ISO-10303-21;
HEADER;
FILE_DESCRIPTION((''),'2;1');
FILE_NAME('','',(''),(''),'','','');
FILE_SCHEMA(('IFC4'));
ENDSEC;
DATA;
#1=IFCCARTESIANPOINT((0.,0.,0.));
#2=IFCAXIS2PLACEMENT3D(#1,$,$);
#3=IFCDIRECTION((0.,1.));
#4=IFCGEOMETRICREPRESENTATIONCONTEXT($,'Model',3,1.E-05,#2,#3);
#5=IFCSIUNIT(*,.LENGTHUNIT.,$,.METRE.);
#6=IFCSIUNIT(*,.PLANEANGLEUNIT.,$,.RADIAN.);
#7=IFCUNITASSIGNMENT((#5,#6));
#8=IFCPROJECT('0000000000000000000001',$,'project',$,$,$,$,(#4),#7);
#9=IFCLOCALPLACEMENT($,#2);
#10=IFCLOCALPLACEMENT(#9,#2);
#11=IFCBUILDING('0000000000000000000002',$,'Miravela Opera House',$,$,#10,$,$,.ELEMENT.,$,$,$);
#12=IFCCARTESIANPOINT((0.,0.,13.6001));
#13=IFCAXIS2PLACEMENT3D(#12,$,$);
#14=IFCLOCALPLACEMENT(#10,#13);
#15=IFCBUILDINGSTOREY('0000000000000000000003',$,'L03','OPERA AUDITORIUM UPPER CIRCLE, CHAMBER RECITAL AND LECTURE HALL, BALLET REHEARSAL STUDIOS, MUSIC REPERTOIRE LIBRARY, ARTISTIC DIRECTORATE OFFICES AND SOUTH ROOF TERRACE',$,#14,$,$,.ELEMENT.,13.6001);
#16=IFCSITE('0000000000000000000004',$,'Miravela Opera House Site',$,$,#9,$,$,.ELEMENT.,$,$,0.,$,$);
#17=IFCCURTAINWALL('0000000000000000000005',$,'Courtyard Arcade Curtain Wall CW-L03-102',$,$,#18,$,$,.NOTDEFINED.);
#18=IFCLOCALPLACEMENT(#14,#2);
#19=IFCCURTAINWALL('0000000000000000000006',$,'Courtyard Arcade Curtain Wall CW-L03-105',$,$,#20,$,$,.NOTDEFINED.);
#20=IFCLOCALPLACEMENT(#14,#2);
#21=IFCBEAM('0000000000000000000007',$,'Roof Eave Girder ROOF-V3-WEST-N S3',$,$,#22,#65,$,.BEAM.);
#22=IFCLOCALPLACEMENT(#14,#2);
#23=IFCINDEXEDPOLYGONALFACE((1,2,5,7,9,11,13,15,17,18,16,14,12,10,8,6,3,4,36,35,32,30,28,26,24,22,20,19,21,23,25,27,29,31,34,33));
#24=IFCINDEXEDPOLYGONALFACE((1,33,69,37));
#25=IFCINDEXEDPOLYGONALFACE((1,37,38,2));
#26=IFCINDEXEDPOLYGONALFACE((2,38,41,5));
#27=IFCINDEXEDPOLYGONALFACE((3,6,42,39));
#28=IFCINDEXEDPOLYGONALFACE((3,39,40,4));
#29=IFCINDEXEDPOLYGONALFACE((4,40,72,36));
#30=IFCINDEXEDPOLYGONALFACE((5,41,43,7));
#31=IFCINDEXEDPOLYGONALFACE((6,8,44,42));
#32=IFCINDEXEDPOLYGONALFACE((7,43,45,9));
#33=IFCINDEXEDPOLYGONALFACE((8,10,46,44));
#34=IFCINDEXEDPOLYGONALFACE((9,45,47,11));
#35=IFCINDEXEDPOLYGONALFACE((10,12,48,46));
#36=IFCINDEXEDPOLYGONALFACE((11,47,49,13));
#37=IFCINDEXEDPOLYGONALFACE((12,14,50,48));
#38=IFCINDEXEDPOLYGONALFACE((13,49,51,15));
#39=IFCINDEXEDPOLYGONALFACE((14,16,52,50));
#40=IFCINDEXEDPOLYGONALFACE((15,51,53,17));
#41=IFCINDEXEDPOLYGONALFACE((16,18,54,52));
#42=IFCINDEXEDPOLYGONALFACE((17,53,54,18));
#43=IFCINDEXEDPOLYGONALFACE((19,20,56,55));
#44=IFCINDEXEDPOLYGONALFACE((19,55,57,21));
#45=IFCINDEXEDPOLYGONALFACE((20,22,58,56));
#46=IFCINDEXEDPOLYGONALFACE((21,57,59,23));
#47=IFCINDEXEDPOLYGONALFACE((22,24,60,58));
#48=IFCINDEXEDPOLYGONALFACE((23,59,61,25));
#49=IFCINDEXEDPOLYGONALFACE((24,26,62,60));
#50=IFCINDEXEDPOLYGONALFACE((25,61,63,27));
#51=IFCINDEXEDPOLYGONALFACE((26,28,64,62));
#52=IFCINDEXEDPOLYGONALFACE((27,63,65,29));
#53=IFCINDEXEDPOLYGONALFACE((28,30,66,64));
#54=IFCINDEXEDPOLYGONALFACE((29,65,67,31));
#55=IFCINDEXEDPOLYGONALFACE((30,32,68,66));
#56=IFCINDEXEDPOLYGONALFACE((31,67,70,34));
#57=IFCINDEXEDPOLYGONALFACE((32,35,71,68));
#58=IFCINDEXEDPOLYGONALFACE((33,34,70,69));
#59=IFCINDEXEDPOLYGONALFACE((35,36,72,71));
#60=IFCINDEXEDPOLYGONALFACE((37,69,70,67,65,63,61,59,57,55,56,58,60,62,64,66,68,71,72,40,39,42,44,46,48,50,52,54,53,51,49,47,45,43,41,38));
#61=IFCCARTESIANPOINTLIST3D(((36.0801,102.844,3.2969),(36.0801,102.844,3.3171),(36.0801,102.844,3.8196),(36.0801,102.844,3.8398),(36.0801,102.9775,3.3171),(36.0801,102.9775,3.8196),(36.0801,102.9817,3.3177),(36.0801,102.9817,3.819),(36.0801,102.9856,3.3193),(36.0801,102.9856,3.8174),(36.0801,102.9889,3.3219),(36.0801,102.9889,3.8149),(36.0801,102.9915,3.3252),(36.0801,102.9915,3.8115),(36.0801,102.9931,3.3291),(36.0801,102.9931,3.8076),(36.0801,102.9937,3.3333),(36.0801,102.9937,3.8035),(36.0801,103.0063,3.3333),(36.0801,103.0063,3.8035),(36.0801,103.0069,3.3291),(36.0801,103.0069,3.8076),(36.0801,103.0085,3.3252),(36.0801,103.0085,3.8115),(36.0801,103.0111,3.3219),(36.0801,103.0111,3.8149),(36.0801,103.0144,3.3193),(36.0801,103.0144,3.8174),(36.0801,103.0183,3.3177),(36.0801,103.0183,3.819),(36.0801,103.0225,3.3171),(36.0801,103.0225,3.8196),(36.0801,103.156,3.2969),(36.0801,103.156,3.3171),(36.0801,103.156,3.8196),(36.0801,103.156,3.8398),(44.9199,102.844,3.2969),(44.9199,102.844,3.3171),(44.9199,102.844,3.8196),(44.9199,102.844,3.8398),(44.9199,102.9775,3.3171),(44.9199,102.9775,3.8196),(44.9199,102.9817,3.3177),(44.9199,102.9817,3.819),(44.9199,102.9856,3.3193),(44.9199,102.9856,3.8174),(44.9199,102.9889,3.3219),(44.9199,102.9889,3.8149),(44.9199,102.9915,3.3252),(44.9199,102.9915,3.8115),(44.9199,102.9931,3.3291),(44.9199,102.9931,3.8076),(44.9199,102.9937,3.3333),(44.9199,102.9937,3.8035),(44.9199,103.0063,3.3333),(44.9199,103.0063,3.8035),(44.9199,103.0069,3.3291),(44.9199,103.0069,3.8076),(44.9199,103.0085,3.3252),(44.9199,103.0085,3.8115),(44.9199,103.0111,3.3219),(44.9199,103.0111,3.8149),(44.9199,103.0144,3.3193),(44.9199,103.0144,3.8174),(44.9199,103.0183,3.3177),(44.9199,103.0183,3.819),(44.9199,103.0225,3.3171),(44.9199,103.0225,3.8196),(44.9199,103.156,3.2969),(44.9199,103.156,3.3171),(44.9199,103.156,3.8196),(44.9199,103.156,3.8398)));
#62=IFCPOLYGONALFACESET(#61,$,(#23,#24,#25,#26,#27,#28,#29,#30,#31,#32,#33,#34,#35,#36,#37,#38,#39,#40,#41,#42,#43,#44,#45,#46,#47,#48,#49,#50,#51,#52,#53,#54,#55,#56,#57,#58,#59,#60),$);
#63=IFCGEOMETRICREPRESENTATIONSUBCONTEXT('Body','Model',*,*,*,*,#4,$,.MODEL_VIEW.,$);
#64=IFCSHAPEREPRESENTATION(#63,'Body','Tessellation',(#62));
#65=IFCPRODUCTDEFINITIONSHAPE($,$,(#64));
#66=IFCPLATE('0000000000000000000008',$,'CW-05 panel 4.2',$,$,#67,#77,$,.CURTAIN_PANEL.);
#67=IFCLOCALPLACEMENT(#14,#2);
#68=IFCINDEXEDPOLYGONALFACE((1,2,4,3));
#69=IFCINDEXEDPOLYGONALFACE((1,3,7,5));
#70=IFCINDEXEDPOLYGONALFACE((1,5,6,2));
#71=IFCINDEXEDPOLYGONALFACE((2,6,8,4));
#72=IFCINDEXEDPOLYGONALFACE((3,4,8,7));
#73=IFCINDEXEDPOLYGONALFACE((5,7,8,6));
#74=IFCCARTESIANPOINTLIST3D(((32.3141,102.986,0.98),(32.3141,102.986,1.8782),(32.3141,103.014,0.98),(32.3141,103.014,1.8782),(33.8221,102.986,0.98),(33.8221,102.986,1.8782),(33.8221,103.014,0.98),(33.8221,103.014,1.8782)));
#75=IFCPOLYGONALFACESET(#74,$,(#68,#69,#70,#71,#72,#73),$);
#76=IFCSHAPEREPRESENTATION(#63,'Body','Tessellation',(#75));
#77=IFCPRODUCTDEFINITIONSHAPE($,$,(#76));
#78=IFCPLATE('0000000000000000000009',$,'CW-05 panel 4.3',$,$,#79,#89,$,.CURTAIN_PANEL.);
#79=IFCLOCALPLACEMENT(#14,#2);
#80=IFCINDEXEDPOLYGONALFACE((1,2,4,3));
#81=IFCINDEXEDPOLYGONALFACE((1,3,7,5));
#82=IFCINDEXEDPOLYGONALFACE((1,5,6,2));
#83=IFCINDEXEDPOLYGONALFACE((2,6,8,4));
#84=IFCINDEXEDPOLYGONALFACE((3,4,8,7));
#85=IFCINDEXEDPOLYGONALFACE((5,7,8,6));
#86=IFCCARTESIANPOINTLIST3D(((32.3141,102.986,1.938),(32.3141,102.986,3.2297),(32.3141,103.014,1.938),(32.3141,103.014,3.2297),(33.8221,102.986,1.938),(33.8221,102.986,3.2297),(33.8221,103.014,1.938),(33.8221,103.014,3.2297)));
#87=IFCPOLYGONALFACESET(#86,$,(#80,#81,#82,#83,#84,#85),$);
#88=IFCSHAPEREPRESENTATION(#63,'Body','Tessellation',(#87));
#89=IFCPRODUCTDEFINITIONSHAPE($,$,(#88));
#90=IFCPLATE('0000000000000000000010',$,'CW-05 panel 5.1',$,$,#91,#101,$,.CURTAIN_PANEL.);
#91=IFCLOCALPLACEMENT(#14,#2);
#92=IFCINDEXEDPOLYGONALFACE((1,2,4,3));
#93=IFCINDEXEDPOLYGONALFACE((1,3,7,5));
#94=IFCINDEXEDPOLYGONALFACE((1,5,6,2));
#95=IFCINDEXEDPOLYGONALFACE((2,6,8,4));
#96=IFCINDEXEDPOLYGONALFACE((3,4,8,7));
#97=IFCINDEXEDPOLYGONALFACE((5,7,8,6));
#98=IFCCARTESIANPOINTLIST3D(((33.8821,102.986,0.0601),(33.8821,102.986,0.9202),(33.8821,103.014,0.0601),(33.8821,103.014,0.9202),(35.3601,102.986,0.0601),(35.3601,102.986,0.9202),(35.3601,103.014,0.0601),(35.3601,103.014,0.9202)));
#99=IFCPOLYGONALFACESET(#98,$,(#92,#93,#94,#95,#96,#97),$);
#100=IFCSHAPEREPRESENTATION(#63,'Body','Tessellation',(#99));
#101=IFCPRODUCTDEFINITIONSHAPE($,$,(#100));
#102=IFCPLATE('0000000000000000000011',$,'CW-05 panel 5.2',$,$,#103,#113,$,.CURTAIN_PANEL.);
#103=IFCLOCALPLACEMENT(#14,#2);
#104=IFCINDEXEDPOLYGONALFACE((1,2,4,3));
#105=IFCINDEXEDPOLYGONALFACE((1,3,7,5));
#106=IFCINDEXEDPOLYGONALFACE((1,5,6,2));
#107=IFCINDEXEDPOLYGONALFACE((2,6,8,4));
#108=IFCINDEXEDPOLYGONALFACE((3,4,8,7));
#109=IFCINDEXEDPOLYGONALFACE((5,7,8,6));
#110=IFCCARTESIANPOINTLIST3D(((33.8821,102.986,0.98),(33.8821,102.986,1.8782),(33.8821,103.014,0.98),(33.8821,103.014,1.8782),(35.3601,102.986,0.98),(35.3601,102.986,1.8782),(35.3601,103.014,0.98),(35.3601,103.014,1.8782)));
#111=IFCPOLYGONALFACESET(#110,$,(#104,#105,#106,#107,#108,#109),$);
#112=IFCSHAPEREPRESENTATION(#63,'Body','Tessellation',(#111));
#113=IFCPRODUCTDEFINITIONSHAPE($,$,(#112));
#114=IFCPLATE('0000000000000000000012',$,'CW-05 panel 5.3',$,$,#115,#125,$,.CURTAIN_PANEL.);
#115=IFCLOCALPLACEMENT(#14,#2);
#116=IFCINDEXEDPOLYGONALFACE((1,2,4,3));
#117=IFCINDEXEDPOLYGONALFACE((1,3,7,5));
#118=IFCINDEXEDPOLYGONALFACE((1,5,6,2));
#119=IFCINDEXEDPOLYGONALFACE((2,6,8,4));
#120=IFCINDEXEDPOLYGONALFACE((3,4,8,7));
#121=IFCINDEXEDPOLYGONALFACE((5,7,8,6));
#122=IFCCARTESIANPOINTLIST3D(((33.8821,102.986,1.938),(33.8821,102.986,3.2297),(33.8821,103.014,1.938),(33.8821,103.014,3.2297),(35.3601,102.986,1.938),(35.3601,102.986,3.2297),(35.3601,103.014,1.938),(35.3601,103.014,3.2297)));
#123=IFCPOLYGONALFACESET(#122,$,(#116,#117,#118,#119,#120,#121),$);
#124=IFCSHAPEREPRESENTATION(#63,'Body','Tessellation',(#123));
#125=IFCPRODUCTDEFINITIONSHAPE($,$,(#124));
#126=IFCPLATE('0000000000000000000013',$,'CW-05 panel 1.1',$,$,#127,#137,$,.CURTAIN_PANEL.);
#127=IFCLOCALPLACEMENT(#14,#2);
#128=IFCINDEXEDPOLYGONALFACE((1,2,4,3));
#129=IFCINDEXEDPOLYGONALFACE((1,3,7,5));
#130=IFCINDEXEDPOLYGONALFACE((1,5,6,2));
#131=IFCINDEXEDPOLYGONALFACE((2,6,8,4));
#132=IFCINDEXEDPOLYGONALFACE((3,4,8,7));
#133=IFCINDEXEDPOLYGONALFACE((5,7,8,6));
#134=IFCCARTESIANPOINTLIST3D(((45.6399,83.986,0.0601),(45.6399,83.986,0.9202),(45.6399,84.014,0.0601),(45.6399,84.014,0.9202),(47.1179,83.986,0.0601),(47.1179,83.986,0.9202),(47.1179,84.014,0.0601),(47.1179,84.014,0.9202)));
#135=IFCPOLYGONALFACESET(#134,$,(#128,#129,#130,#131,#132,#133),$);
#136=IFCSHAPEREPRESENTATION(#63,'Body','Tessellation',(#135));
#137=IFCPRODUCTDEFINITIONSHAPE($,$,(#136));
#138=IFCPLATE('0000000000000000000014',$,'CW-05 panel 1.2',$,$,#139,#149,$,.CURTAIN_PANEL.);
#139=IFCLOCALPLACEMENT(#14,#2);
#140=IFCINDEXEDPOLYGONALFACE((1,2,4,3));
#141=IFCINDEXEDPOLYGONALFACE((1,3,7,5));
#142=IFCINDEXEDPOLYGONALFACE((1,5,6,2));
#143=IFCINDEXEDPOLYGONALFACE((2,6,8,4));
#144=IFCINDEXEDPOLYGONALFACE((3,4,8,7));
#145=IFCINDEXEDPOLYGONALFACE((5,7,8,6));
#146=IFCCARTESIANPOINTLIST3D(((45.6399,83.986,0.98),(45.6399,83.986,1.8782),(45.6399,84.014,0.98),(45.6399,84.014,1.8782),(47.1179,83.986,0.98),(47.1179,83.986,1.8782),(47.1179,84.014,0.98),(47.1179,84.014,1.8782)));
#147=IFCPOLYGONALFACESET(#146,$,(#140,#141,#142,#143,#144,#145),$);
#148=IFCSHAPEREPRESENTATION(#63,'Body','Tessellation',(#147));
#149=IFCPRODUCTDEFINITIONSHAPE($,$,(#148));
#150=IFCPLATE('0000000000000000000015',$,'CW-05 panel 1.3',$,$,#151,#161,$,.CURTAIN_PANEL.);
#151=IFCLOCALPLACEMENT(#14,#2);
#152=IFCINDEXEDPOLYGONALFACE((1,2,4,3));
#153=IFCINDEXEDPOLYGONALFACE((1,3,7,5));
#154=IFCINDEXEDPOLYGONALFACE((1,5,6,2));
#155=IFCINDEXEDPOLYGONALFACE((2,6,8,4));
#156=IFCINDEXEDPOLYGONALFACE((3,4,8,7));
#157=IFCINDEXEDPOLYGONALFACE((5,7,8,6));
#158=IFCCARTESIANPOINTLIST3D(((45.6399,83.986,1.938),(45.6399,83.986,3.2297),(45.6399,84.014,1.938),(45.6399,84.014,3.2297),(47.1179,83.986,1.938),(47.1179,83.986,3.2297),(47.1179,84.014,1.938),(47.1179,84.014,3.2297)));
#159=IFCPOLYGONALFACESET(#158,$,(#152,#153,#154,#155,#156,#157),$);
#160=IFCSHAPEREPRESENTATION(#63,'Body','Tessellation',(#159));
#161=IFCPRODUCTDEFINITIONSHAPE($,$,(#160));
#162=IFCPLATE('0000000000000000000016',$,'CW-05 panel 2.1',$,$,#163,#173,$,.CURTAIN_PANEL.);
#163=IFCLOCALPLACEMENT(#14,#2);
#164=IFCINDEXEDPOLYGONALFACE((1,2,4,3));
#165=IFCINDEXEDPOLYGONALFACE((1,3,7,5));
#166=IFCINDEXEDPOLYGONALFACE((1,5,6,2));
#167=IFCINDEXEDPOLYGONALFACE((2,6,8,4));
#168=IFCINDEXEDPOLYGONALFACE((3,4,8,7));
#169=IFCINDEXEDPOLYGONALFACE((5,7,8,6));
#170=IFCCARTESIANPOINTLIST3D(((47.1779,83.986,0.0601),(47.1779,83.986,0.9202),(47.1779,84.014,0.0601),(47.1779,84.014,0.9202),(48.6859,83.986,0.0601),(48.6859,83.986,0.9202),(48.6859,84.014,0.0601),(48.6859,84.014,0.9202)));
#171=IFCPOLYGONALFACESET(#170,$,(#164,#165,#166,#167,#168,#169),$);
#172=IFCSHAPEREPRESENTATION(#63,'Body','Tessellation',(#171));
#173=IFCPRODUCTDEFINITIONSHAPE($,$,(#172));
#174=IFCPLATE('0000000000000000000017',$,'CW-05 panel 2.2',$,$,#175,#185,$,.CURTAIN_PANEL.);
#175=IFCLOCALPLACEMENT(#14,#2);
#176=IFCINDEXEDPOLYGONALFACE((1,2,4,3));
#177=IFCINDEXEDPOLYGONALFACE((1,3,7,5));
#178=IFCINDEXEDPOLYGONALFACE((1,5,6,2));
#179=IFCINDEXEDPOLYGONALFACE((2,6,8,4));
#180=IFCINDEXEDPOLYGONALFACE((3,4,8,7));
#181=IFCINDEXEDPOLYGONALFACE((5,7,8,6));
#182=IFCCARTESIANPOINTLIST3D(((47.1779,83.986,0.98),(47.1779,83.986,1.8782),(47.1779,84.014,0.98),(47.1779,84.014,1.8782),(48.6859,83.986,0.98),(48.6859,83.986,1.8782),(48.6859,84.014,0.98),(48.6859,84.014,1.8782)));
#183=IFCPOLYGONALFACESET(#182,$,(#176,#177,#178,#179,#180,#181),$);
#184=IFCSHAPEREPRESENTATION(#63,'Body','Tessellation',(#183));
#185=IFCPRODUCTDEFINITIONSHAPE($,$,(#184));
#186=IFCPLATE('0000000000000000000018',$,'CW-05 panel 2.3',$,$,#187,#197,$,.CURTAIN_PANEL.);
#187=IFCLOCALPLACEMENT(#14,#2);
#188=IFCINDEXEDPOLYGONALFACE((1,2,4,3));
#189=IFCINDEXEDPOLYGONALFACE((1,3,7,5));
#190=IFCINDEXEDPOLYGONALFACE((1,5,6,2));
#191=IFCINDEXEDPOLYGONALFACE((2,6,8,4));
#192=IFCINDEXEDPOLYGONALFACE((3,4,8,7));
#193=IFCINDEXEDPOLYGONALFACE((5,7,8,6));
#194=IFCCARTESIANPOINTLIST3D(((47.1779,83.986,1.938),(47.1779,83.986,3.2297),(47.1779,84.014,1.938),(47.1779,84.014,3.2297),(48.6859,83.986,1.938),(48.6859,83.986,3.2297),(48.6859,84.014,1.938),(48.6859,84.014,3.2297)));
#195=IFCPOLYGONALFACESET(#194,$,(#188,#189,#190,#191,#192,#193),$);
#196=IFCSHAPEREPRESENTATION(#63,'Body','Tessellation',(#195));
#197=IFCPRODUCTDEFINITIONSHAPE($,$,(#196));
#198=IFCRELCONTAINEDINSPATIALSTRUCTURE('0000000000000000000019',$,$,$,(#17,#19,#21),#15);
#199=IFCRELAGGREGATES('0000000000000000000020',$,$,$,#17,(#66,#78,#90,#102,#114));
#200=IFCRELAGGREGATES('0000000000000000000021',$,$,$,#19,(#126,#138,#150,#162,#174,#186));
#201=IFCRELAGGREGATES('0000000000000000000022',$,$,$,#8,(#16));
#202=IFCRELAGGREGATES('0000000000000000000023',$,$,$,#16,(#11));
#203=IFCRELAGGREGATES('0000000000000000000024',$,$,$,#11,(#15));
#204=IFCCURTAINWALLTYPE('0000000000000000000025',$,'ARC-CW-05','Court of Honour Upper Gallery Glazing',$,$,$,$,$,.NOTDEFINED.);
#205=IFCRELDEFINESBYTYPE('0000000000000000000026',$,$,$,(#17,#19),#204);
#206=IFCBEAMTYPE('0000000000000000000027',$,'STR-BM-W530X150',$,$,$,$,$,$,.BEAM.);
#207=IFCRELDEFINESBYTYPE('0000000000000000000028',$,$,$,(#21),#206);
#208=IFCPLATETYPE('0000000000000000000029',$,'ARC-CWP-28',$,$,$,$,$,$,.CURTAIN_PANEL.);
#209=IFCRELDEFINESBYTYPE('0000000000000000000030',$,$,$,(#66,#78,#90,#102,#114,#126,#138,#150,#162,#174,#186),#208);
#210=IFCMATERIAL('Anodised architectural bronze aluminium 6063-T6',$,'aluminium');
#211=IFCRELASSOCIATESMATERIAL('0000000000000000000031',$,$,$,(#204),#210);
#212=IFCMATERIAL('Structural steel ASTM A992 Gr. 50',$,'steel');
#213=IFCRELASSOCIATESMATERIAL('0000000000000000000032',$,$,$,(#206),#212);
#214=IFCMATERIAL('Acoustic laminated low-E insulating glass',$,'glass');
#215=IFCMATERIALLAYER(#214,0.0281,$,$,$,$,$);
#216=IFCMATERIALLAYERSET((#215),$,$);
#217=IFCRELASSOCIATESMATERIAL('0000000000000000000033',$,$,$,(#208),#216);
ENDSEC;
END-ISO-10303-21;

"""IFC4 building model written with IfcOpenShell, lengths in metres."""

from ifc_helpers import new_model, si_unit, direction, frame, origin, origin_2d, place, context, subcontext, project, spatial, rectangle, i_section, extrude, material, layer, layer_set, material_profile, profile_set, type_object, element, aggregate, save


model = new_model("IFC4")

# Units and contexts
model_context = context("Model", 3, precision=1e-05, world=origin(), true_north=direction((0.0, 1.0)))
body_context = subcontext(model_context, "Body", "Model", "MODEL_VIEW")
ifc_project = project(units=[si_unit("LENGTHUNIT", "METRE"), si_unit("PLANEANGLEUNIT", "RADIAN")], contexts=[model_context])

# Site, building, storey
site_placement = place(None, origin())
site = spatial("IfcSite", under=ifc_project, at=site_placement, Name="Miravela Opera House Site", CompositionType="ELEMENT", RefElevation=0.0)
building_placement = place(site_placement, origin())
building = spatial("IfcBuilding", under=site, at=building_placement, Name="Miravela Opera House", CompositionType="ELEMENT")
storey_placement = place(building_placement, frame((0.0, 0.0, 13.6001)))
storey = spatial("IfcBuildingStorey", under=building, at=storey_placement, Name="L03", Description="OPERA AUDITORIUM UPPER CIRCLE, CHAMBER RECITAL AND LECTURE HALL, BALLET REHEARSAL STUDIOS, MUSIC REPERTOIRE LIBRARY, ARTISTIC DIRECTORATE OFFICES AND SOUTH ROOF TERRACE", CompositionType="ELEMENT", Elevation=13.6001)

# Curtain wall
ifc_material_1 = material(Name="Anodised architectural bronze aluminium 6063-T6", Category="aluminium")
curtain_wall_type = type_object("IfcCurtainWallType", Name="ARC-CW-05", Description="Court of Honour Upper Gallery Glazing", PredefinedType="NOTDEFINED", material=ifc_material_1)
curtain_wall_1_placement = place(storey_placement, origin())
curtain_wall_1 = element("IfcCurtainWall", 1, at=curtain_wall_1_placement, inside=storey, type_object=curtain_wall_type, Name="Courtyard Arcade Curtain Wall CW-L03-102", PredefinedType="NOTDEFINED")

# Curtain wall
curtain_wall_2_placement = place(storey_placement, origin())
curtain_wall_2 = element("IfcCurtainWall", 2, at=curtain_wall_2_placement, inside=storey, type_object=curtain_wall_type, Name="Courtyard Arcade Curtain Wall CW-L03-105", PredefinedType="NOTDEFINED")

# Beam
ifc_material_2 = material(Name="Structural steel ASTM A992 Gr. 50", Category="steel")
ifc_material_profile_1 = material_profile(ifc_material_2, i_section(OverallWidth=0.312, OverallDepth=0.543, WebThickness=0.0127, FlangeThickness=0.0203, FilletRadius=0.0161, at=origin_2d()), Name="W530X150")
ifc_profile_set_1 = profile_set([ifc_material_profile_1])
beam_type = type_object("IfcBeamType", Name="STR-BM-W530X150", PredefinedType="BEAM", material=ifc_profile_set_1)
for number, where, z_axis, x_axis, name in (
    (3, (36.0801, 103.0, 3.5684), (1.0, 0.0, 0.0), (0.0, 1.0, 0.0), "Roof Eave Girder ROOF-V3-WEST-N S3"),
):
    element("IfcBeam", number, at=place(storey_placement, frame(where, z_axis=z_axis, x_axis=x_axis)), inside=storey, type_object=beam_type, Name=name, PredefinedType="BEAM", context=body_context, shape_type="SweptSolid", body=[
        extrude(i_section(OverallWidth=0.312, OverallDepth=0.543, WebThickness=0.0127, FlangeThickness=0.0203, FilletRadius=0.0161, at=origin_2d()), origin(), (0.0, 0.0, 1.0), 8.8398),
    ])

# Plates
ifc_material_3 = material(Name="Acoustic laminated low-E insulating glass", Category="glass")
ifc_layer = layer(ifc_material_3, 0.0281)
ifc_layer_set = layer_set([ifc_layer])
plate_type = type_object("IfcPlateType", Name="ARC-CWP-28", PredefinedType="CURTAIN_PANEL", material=ifc_layer_set)
plate_1_placement = place(storey_placement, frame((33.0681, 103.0, 0.98), z_axis=(0.0, 0.0, 1.0), x_axis=(1.0, 0.0, 0.0)))
plate_1 = element("IfcPlate", 4, at=plate_1_placement, type_object=plate_type, Name="CW-05 panel 4.2", PredefinedType="CURTAIN_PANEL", context=body_context, shape_type="SweptSolid", body=[
    extrude(rectangle(XDim=1.5081, YDim=0.0281, at=origin_2d()), origin(), (0.0, 0.0, 1.0), 0.8982),
])
plate_2_placement = place(storey_placement, frame((33.0681, 103.0, 1.938), z_axis=(0.0, 0.0, 1.0), x_axis=(1.0, 0.0, 0.0)))
plate_2 = element("IfcPlate", 5, at=plate_2_placement, type_object=plate_type, Name="CW-05 panel 4.3", PredefinedType="CURTAIN_PANEL", context=body_context, shape_type="SweptSolid", body=[
    extrude(rectangle(XDim=1.5081, YDim=0.0281, at=origin_2d()), origin(), (0.0, 0.0, 1.0), 1.2917),
])
plate_3_placement = place(storey_placement, frame((34.6211, 103.0, 0.0601), z_axis=(0.0, 0.0, 1.0), x_axis=(1.0, 0.0, 0.0)))
plate_3 = element("IfcPlate", 6, at=plate_3_placement, type_object=plate_type, Name="CW-05 panel 5.1", PredefinedType="CURTAIN_PANEL", context=body_context, shape_type="SweptSolid", body=[
    extrude(rectangle(XDim=1.478, YDim=0.0281, at=origin_2d()), origin(), (0.0, 0.0, 1.0), 0.8601),
])
plate_4_placement = place(storey_placement, frame((34.6211, 103.0, 0.98), z_axis=(0.0, 0.0, 1.0), x_axis=(1.0, 0.0, 0.0)))
plate_4 = element("IfcPlate", 7, at=plate_4_placement, type_object=plate_type, Name="CW-05 panel 5.2", PredefinedType="CURTAIN_PANEL", context=body_context, shape_type="SweptSolid", body=[
    extrude(rectangle(XDim=1.478, YDim=0.0281, at=origin_2d()), origin(), (0.0, 0.0, 1.0), 0.8982),
])
plate_5_placement = place(storey_placement, frame((34.6211, 103.0, 1.938), z_axis=(0.0, 0.0, 1.0), x_axis=(1.0, 0.0, 0.0)))
plate_5 = element("IfcPlate", 8, at=plate_5_placement, type_object=plate_type, Name="CW-05 panel 5.3", PredefinedType="CURTAIN_PANEL", context=body_context, shape_type="SweptSolid", body=[
    extrude(rectangle(XDim=1.478, YDim=0.0281, at=origin_2d()), origin(), (0.0, 0.0, 1.0), 1.2917),
])
aggregate(curtain_wall_1, [plate_1, plate_2, plate_3, plate_4, plate_5])
plate_6_placement = place(storey_placement, frame((46.3789, 84.0, 0.0601), z_axis=(0.0, 0.0, 1.0), x_axis=(1.0, 0.0, 0.0)))
plate_6 = element("IfcPlate", 9, at=plate_6_placement, type_object=plate_type, Name="CW-05 panel 1.1", PredefinedType="CURTAIN_PANEL", context=body_context, shape_type="SweptSolid", body=[
    extrude(rectangle(XDim=1.478, YDim=0.0281, at=origin_2d()), origin(), (0.0, 0.0, 1.0), 0.8601),
])
plate_7_placement = place(storey_placement, frame((46.3789, 84.0, 0.98), z_axis=(0.0, 0.0, 1.0), x_axis=(1.0, 0.0, 0.0)))
plate_7 = element("IfcPlate", 10, at=plate_7_placement, type_object=plate_type, Name="CW-05 panel 1.2", PredefinedType="CURTAIN_PANEL", context=body_context, shape_type="SweptSolid", body=[
    extrude(rectangle(XDim=1.478, YDim=0.0281, at=origin_2d()), origin(), (0.0, 0.0, 1.0), 0.8982),
])
plate_8_placement = place(storey_placement, frame((46.3789, 84.0, 1.938), z_axis=(0.0, 0.0, 1.0), x_axis=(1.0, 0.0, 0.0)))
plate_8 = element("IfcPlate", 11, at=plate_8_placement, type_object=plate_type, Name="CW-05 panel 1.3", PredefinedType="CURTAIN_PANEL", context=body_context, shape_type="SweptSolid", body=[
    extrude(rectangle(XDim=1.478, YDim=0.0281, at=origin_2d()), origin(), (0.0, 0.0, 1.0), 1.2917),
])
plate_9_placement = place(storey_placement, frame((47.9319, 84.0, 0.0601), z_axis=(0.0, 0.0, 1.0), x_axis=(1.0, 0.0, 0.0)))
plate_9 = element("IfcPlate", 12, at=plate_9_placement, type_object=plate_type, Name="CW-05 panel 2.1", PredefinedType="CURTAIN_PANEL", context=body_context, shape_type="SweptSolid", body=[
    extrude(rectangle(XDim=1.5081, YDim=0.0281, at=origin_2d()), origin(), (0.0, 0.0, 1.0), 0.8601),
])
plate_10_placement = place(storey_placement, frame((47.9319, 84.0, 0.98), z_axis=(0.0, 0.0, 1.0), x_axis=(1.0, 0.0, 0.0)))
plate_10 = element("IfcPlate", 13, at=plate_10_placement, type_object=plate_type, Name="CW-05 panel 2.2", PredefinedType="CURTAIN_PANEL", context=body_context, shape_type="SweptSolid", body=[
    extrude(rectangle(XDim=1.5081, YDim=0.0281, at=origin_2d()), origin(), (0.0, 0.0, 1.0), 0.8982),
])
plate_11_placement = place(storey_placement, frame((47.9319, 84.0, 1.938), z_axis=(0.0, 0.0, 1.0), x_axis=(1.0, 0.0, 0.0)))
plate_11 = element("IfcPlate", 14, at=plate_11_placement, type_object=plate_type, Name="CW-05 panel 2.3", PredefinedType="CURTAIN_PANEL", context=body_context, shape_type="SweptSolid", body=[
    extrude(rectangle(XDim=1.5081, YDim=0.0281, at=origin_2d()), origin(), (0.0, 0.0, 1.0), 1.2917),
])
aggregate(curtain_wall_2, [plate_6, plate_7, plate_8, plate_9, plate_10, plate_11])

save(model, "model.ifc")
